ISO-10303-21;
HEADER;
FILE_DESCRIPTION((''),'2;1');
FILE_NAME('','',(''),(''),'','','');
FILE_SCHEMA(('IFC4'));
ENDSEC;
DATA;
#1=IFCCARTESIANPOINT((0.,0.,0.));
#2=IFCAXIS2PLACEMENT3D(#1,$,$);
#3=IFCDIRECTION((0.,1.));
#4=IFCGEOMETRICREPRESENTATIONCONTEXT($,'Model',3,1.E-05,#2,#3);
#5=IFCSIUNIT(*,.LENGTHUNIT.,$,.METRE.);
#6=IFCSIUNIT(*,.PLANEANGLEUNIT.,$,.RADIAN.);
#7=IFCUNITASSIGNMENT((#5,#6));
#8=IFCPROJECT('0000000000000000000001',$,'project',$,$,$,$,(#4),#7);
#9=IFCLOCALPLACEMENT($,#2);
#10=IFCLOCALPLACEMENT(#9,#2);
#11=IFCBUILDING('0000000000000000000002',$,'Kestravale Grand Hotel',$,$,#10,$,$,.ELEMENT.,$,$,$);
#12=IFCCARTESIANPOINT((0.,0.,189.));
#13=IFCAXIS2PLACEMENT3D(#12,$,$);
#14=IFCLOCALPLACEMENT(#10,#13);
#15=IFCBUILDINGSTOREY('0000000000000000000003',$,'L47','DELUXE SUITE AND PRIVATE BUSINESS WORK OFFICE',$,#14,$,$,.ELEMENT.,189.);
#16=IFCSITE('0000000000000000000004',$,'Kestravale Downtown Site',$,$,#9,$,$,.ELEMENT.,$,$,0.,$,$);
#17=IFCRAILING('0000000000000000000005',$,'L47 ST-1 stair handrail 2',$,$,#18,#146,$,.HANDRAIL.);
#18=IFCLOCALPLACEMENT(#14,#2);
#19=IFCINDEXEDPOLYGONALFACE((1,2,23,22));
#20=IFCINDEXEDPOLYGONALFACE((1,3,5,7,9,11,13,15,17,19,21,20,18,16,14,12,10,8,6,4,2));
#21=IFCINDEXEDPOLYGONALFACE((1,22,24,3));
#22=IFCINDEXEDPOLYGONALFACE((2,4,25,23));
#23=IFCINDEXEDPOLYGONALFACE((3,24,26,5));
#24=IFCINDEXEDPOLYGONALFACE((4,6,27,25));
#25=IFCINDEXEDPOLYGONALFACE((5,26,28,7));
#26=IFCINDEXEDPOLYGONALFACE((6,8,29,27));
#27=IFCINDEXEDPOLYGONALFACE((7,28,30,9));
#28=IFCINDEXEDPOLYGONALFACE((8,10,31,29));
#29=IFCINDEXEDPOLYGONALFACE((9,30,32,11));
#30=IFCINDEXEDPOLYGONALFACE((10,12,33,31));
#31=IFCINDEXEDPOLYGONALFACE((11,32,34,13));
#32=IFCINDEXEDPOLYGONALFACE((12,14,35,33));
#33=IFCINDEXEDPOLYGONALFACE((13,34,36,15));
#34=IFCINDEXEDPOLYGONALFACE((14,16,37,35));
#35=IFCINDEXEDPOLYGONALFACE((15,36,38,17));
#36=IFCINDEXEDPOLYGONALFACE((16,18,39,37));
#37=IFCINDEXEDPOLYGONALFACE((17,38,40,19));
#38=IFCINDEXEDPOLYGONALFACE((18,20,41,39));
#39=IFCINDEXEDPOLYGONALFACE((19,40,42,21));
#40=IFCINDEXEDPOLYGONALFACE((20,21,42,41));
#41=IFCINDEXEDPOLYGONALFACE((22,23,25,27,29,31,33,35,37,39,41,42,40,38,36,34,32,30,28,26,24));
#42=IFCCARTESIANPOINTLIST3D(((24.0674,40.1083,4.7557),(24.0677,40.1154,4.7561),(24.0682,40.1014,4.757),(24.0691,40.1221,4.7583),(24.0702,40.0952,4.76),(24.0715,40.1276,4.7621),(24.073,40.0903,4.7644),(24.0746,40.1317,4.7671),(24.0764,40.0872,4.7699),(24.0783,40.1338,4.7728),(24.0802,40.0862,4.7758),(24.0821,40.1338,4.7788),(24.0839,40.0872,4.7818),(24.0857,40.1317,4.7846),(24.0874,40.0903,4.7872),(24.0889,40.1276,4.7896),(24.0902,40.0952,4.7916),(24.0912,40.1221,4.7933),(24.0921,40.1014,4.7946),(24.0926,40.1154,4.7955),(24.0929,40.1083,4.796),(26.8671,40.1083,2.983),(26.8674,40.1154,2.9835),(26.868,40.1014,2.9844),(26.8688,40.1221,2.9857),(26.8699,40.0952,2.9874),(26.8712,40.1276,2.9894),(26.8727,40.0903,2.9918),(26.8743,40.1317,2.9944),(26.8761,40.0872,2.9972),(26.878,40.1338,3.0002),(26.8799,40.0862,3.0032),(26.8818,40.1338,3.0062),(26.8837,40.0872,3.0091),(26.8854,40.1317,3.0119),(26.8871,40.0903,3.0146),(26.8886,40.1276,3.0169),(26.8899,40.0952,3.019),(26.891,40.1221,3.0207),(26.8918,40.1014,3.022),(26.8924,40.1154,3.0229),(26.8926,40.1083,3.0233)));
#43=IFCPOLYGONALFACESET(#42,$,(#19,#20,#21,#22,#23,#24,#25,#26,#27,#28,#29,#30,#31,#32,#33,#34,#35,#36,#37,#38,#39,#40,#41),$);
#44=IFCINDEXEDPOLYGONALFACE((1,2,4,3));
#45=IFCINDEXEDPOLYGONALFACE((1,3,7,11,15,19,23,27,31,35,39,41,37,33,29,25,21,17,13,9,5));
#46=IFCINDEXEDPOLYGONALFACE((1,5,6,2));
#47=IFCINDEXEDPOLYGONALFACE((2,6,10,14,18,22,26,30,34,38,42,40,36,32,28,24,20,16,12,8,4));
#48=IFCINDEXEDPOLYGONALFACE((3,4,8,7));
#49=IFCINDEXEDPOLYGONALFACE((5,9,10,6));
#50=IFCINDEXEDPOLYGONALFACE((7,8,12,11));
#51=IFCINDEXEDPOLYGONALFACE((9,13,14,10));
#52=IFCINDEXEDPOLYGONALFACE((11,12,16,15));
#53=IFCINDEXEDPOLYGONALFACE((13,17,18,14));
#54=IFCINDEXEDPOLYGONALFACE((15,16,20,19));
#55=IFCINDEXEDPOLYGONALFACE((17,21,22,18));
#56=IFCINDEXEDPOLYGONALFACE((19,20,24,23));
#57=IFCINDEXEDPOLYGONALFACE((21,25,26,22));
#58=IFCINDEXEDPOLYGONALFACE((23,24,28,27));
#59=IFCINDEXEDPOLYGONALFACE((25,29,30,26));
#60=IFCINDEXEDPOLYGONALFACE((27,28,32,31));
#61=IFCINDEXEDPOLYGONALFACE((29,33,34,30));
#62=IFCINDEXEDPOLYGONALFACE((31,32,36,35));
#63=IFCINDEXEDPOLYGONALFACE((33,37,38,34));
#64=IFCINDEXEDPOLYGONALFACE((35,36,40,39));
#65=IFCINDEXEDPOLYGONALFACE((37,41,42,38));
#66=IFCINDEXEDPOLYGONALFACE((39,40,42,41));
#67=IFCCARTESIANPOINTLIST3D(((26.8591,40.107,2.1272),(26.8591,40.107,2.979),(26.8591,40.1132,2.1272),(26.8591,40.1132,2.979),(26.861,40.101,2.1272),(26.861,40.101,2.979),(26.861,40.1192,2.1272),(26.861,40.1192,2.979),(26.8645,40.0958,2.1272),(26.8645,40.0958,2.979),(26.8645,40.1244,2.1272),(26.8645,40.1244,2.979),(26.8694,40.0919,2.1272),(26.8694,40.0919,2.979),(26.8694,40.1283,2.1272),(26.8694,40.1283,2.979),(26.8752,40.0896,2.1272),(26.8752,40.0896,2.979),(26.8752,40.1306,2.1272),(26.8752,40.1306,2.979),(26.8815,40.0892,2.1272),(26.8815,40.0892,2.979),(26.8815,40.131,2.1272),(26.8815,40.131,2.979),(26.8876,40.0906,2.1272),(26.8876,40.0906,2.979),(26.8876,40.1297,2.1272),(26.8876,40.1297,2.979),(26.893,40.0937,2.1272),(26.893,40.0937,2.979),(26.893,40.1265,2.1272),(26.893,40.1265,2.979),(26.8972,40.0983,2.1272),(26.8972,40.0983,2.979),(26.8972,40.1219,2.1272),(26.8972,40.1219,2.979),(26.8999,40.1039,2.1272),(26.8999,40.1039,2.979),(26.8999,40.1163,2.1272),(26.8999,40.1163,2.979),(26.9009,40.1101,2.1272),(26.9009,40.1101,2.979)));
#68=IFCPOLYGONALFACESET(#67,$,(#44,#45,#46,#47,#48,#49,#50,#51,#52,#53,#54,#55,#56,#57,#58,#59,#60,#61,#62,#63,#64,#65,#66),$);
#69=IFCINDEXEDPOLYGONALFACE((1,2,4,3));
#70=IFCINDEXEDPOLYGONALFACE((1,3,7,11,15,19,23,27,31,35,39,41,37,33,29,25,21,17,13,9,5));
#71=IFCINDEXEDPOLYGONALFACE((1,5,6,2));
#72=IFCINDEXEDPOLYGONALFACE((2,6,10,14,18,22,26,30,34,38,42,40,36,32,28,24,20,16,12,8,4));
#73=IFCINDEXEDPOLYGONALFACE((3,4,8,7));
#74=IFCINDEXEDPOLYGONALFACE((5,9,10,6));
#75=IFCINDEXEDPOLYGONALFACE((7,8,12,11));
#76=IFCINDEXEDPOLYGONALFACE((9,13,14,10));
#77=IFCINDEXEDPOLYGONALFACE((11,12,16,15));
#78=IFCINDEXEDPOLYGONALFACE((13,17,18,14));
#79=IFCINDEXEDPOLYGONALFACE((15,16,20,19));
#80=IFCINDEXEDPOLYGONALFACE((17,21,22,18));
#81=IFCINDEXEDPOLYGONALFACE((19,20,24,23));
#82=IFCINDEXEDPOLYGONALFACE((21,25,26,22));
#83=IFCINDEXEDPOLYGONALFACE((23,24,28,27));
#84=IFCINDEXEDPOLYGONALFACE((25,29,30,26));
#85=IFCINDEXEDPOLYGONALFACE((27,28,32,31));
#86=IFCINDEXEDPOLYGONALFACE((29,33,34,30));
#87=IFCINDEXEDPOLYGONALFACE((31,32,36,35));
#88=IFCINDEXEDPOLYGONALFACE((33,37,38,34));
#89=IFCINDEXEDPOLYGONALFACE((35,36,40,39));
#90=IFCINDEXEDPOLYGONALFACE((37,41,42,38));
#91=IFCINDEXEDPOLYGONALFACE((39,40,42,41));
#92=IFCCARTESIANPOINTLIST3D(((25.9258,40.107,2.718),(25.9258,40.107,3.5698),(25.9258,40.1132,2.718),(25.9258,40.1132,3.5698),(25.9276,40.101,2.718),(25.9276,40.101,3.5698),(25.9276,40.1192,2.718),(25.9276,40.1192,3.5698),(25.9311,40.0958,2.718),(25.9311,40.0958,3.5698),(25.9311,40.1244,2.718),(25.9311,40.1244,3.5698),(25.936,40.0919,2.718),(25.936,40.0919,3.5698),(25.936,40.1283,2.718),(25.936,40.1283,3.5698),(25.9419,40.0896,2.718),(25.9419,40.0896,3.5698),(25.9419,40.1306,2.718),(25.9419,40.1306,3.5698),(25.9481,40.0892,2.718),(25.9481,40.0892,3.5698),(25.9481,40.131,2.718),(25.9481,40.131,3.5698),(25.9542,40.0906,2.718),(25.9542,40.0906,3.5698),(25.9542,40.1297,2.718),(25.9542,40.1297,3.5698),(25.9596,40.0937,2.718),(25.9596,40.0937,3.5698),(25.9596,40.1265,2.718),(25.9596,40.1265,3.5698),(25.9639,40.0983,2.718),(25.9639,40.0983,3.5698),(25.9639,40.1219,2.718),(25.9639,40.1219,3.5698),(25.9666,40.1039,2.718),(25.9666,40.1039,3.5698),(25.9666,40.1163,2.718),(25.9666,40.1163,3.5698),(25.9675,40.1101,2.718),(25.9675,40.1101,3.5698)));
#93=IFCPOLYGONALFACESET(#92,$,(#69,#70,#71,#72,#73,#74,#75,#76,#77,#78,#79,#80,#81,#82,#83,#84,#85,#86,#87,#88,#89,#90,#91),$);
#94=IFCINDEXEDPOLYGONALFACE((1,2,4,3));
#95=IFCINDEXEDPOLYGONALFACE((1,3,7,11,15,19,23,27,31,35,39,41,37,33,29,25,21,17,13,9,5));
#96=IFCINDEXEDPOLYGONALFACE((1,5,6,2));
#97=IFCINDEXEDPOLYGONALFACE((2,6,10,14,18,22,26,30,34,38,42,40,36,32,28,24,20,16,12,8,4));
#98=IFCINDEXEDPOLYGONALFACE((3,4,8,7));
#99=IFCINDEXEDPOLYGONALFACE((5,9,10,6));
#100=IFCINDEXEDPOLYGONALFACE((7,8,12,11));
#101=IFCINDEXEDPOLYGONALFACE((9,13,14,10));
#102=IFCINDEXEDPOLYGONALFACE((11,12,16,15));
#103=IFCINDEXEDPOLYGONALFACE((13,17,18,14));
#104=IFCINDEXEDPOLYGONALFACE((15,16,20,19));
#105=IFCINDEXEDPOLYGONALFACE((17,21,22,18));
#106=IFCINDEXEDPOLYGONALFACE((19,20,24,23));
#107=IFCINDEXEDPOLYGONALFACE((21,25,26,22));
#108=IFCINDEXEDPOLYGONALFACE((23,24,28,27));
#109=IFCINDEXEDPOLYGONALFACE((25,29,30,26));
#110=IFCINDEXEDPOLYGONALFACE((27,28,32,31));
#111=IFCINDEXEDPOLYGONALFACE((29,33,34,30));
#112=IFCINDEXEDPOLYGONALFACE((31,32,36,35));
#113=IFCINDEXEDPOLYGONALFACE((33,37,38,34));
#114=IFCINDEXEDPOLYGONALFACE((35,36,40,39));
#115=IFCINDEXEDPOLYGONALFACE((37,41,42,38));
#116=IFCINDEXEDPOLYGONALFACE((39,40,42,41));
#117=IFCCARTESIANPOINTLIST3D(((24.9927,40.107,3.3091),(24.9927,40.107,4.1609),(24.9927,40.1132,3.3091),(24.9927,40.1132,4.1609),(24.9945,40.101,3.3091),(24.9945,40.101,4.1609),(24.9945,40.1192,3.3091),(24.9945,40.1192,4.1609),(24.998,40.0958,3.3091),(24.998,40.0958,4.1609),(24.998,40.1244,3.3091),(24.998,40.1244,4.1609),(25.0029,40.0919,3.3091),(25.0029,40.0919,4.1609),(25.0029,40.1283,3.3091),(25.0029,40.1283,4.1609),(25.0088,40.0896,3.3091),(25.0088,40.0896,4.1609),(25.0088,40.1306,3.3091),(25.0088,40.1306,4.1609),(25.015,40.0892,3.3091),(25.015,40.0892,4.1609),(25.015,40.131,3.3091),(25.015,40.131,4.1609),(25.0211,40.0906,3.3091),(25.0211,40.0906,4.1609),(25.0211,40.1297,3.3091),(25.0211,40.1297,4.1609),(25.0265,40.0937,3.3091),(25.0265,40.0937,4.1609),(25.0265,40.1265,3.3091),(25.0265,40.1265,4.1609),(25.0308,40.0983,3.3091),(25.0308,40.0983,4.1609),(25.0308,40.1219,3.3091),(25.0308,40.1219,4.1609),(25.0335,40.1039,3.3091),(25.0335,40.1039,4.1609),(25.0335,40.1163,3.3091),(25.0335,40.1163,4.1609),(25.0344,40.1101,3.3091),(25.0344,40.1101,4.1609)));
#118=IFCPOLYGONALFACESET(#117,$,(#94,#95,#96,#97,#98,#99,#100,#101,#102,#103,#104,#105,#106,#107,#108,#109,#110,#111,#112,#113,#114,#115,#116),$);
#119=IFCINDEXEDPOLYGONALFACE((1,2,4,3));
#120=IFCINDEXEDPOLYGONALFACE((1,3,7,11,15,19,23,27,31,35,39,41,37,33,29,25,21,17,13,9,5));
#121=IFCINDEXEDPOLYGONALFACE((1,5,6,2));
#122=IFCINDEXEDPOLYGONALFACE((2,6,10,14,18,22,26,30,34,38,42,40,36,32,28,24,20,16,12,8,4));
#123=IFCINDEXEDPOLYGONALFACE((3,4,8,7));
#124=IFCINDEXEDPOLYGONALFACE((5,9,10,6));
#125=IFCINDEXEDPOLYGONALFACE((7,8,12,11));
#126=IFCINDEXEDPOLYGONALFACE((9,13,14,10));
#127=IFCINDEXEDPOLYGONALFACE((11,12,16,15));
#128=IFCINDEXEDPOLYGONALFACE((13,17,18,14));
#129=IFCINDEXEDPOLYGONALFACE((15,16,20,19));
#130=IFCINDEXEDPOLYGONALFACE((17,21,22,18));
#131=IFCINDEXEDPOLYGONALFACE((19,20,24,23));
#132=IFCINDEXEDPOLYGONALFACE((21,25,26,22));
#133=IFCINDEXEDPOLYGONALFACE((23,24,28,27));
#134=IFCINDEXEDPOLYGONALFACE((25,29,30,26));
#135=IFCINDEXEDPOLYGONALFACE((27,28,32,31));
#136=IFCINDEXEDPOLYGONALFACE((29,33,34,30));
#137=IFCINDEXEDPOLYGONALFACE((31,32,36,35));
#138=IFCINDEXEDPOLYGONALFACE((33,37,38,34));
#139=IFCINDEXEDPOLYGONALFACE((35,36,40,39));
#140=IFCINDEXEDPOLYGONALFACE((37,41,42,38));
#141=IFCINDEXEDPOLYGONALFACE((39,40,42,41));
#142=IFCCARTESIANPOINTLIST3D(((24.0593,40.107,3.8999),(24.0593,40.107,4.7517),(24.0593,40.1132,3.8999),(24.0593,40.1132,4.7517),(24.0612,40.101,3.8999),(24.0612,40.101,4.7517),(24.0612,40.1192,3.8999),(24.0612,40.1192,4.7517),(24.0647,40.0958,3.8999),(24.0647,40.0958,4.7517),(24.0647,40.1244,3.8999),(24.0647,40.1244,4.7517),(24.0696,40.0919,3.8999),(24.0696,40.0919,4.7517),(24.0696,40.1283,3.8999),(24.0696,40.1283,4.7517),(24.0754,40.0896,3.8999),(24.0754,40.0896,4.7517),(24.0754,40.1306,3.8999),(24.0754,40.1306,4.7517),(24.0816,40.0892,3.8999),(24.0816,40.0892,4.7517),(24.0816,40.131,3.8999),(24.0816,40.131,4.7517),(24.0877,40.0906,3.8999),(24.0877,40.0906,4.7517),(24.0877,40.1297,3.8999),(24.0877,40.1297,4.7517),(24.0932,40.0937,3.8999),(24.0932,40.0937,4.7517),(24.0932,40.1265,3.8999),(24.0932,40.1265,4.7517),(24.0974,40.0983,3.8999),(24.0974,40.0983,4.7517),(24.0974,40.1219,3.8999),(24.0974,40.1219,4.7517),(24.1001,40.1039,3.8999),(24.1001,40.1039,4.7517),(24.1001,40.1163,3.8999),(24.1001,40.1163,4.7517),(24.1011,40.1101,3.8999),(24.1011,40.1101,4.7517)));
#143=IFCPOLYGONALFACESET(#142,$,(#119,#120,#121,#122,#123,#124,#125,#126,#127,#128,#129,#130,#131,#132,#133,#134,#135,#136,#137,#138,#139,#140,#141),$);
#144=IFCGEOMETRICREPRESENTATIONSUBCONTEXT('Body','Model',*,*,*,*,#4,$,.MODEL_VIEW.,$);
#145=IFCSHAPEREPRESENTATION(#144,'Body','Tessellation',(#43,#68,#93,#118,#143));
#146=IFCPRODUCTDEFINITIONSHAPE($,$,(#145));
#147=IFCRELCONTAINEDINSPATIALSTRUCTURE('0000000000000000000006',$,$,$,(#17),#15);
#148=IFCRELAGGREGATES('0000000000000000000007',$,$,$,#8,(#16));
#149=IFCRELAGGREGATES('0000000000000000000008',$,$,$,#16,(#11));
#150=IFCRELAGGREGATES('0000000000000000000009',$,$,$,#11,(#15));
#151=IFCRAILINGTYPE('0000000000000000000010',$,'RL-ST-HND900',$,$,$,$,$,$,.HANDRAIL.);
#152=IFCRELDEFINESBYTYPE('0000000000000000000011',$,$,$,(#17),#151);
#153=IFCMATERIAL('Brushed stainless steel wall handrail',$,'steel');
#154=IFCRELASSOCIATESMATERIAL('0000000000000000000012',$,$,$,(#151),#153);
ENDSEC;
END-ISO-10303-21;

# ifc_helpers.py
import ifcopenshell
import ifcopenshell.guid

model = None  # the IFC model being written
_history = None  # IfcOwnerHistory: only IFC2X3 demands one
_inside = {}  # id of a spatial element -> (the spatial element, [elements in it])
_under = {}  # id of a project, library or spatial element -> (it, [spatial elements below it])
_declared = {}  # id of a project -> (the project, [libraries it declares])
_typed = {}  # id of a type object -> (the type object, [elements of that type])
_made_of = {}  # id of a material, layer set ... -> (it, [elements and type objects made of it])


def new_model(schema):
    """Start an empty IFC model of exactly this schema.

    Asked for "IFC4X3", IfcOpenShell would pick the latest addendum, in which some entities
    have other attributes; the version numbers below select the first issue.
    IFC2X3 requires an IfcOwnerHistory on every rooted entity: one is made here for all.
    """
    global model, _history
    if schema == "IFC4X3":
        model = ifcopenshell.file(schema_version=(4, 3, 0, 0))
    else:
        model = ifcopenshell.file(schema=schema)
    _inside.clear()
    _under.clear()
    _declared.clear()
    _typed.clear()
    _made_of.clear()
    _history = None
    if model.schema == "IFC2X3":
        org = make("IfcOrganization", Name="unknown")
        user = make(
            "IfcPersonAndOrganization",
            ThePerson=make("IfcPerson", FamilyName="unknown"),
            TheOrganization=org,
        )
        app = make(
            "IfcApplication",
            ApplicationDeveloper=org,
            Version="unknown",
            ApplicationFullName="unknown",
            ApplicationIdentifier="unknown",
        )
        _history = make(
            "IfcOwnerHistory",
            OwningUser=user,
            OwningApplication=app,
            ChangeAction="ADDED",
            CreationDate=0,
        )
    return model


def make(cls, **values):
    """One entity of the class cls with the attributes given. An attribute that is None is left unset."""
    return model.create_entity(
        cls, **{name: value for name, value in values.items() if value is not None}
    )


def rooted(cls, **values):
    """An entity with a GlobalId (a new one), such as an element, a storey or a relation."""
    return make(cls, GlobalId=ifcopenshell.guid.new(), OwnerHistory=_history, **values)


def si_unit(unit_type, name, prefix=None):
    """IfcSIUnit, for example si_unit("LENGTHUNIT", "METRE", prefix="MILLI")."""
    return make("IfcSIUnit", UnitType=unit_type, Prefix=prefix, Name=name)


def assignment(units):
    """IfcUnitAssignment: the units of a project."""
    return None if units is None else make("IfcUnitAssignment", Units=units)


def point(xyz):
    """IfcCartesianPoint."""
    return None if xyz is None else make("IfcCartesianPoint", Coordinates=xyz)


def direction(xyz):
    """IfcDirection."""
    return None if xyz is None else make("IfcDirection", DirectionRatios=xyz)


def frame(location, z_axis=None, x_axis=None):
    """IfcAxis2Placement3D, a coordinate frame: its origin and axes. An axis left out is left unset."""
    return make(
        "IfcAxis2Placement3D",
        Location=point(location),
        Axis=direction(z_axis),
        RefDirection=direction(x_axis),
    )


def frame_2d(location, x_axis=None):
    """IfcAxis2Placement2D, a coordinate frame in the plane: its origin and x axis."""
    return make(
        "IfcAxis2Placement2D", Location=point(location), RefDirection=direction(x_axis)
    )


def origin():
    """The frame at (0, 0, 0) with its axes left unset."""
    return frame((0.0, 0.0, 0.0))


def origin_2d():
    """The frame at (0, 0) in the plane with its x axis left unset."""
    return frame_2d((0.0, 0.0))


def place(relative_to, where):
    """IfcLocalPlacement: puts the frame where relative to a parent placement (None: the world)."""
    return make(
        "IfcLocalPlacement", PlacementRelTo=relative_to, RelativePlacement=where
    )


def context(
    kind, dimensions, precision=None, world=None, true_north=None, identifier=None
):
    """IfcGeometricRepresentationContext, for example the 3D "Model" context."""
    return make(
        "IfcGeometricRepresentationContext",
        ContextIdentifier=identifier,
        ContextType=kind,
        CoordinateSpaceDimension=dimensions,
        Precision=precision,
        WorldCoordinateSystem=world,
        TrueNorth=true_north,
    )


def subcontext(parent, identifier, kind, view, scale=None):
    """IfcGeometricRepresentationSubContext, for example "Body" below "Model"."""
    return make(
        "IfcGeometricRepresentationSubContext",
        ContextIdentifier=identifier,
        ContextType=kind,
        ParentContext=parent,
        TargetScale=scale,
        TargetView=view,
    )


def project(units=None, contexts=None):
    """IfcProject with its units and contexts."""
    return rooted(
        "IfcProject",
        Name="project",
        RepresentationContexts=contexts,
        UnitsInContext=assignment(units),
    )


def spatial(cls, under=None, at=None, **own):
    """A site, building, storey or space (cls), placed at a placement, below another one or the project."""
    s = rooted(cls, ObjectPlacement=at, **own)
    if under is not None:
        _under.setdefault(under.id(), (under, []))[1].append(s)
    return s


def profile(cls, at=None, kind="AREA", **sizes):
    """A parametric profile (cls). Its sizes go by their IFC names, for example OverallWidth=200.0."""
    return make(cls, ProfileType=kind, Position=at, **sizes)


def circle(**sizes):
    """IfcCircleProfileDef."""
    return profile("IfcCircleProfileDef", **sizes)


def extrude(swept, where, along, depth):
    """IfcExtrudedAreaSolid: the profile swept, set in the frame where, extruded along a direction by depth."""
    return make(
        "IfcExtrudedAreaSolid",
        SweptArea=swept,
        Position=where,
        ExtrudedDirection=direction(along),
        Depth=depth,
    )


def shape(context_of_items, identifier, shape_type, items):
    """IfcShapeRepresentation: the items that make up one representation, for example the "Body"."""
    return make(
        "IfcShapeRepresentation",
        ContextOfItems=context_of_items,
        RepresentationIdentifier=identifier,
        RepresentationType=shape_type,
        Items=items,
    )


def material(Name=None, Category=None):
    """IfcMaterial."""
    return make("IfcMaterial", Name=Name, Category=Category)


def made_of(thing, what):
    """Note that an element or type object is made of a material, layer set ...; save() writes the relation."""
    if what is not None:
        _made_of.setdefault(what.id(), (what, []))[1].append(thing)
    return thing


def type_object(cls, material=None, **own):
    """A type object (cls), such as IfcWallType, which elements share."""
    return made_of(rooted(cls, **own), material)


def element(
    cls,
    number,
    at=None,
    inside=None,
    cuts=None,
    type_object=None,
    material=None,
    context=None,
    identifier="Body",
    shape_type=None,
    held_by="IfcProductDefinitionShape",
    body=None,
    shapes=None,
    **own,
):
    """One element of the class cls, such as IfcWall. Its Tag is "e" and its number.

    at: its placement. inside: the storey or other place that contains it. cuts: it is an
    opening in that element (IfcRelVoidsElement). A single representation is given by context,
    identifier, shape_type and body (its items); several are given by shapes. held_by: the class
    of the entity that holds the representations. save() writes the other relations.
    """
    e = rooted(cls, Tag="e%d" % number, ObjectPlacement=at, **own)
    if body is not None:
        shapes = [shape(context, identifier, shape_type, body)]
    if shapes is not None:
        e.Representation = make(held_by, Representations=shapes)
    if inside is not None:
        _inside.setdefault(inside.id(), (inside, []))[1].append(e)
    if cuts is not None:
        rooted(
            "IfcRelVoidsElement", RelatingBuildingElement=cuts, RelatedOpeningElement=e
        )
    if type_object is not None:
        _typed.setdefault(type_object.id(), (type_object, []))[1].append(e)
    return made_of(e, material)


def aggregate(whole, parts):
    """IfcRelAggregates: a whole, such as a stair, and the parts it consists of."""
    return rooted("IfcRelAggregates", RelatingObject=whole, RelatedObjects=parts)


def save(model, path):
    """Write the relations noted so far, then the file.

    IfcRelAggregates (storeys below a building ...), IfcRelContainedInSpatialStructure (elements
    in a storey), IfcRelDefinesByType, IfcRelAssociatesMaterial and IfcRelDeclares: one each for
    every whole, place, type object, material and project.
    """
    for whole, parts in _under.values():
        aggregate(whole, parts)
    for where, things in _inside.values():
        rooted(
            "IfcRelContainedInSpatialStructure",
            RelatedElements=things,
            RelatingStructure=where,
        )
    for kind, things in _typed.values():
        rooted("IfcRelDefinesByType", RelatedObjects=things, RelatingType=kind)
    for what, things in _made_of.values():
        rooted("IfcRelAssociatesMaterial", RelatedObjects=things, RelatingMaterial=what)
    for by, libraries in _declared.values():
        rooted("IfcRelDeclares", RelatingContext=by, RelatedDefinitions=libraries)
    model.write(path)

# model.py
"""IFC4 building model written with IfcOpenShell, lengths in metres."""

from ifc_helpers import new_model, si_unit, direction, frame, origin, origin_2d, place, context, subcontext, project, spatial, circle, extrude, material, type_object, element, save


model = new_model("IFC4")

# Units and contexts
model_context = context("Model", 3, precision=1e-05, world=origin(), true_north=direction((0.0, 1.0)))
body_context = subcontext(model_context, "Body", "Model", "MODEL_VIEW")
ifc_project = project(units=[si_unit("LENGTHUNIT", "METRE"), si_unit("PLANEANGLEUNIT", "RADIAN")], contexts=[model_context])

# Site, building, storey
site_placement = place(None, origin())
site = spatial("IfcSite", under=ifc_project, at=site_placement, Name="Kestravale Downtown Site", CompositionType="ELEMENT", RefElevation=0.0)
building_placement = place(site_placement, origin())
building = spatial("IfcBuilding", under=site, at=building_placement, Name="Kestravale Grand Hotel", CompositionType="ELEMENT")
storey_placement = place(building_placement, frame((0.0, 0.0, 189.0)))
storey = spatial("IfcBuildingStorey", under=building, at=storey_placement, Name="L47", Description="DELUXE SUITE AND PRIVATE BUSINESS WORK OFFICE", CompositionType="ELEMENT", Elevation=189.0)

# Railing
ifc_material_1 = material(Name="Brushed stainless steel wall handrail", Category="steel")
railing_type_1 = type_object("IfcRailingType", Name="RL-ST-HND900", PredefinedType="HANDRAIL", material=ifc_material_1)
railing_1_placement = place(storey_placement, frame((26.8799, 40.1101, 2.1272)))
element("IfcRailing", 1, at=railing_1_placement, inside=storey, type_object=railing_type_1, Name="L47 ST-1 stair handrail 2", PredefinedType="HANDRAIL", context=body_context, shape_type="SweptSolid", body=[
    extrude(circle(Radius=0.0239, at=origin_2d()), frame((0.0, 0.0, 0.876), z_axis=(-0.844888, 0.0, 0.534943), x_axis=(0.0, -1.0, 0.0)), (0.0, 0.0, 1.0), 3.3137),
    extrude(circle(Radius=0.021, at=origin_2d()), origin(), (0.0, 0.0, 1.0), 0.8518),
    extrude(circle(Radius=0.021, at=origin_2d()), frame((-0.9333, 0.0, 0.5908)), (0.0, 0.0, 1.0), 0.8518),
    extrude(circle(Radius=0.021, at=origin_2d()), frame((-1.8665, 0.0, 1.1819)), (0.0, 0.0, 1.0), 0.8518),
    extrude(circle(Radius=0.021, at=origin_2d()), frame((-2.7998, 0.0, 1.7727)), (0.0, 0.0, 1.0), 0.8518),
])

save(model, "model.ifc")
